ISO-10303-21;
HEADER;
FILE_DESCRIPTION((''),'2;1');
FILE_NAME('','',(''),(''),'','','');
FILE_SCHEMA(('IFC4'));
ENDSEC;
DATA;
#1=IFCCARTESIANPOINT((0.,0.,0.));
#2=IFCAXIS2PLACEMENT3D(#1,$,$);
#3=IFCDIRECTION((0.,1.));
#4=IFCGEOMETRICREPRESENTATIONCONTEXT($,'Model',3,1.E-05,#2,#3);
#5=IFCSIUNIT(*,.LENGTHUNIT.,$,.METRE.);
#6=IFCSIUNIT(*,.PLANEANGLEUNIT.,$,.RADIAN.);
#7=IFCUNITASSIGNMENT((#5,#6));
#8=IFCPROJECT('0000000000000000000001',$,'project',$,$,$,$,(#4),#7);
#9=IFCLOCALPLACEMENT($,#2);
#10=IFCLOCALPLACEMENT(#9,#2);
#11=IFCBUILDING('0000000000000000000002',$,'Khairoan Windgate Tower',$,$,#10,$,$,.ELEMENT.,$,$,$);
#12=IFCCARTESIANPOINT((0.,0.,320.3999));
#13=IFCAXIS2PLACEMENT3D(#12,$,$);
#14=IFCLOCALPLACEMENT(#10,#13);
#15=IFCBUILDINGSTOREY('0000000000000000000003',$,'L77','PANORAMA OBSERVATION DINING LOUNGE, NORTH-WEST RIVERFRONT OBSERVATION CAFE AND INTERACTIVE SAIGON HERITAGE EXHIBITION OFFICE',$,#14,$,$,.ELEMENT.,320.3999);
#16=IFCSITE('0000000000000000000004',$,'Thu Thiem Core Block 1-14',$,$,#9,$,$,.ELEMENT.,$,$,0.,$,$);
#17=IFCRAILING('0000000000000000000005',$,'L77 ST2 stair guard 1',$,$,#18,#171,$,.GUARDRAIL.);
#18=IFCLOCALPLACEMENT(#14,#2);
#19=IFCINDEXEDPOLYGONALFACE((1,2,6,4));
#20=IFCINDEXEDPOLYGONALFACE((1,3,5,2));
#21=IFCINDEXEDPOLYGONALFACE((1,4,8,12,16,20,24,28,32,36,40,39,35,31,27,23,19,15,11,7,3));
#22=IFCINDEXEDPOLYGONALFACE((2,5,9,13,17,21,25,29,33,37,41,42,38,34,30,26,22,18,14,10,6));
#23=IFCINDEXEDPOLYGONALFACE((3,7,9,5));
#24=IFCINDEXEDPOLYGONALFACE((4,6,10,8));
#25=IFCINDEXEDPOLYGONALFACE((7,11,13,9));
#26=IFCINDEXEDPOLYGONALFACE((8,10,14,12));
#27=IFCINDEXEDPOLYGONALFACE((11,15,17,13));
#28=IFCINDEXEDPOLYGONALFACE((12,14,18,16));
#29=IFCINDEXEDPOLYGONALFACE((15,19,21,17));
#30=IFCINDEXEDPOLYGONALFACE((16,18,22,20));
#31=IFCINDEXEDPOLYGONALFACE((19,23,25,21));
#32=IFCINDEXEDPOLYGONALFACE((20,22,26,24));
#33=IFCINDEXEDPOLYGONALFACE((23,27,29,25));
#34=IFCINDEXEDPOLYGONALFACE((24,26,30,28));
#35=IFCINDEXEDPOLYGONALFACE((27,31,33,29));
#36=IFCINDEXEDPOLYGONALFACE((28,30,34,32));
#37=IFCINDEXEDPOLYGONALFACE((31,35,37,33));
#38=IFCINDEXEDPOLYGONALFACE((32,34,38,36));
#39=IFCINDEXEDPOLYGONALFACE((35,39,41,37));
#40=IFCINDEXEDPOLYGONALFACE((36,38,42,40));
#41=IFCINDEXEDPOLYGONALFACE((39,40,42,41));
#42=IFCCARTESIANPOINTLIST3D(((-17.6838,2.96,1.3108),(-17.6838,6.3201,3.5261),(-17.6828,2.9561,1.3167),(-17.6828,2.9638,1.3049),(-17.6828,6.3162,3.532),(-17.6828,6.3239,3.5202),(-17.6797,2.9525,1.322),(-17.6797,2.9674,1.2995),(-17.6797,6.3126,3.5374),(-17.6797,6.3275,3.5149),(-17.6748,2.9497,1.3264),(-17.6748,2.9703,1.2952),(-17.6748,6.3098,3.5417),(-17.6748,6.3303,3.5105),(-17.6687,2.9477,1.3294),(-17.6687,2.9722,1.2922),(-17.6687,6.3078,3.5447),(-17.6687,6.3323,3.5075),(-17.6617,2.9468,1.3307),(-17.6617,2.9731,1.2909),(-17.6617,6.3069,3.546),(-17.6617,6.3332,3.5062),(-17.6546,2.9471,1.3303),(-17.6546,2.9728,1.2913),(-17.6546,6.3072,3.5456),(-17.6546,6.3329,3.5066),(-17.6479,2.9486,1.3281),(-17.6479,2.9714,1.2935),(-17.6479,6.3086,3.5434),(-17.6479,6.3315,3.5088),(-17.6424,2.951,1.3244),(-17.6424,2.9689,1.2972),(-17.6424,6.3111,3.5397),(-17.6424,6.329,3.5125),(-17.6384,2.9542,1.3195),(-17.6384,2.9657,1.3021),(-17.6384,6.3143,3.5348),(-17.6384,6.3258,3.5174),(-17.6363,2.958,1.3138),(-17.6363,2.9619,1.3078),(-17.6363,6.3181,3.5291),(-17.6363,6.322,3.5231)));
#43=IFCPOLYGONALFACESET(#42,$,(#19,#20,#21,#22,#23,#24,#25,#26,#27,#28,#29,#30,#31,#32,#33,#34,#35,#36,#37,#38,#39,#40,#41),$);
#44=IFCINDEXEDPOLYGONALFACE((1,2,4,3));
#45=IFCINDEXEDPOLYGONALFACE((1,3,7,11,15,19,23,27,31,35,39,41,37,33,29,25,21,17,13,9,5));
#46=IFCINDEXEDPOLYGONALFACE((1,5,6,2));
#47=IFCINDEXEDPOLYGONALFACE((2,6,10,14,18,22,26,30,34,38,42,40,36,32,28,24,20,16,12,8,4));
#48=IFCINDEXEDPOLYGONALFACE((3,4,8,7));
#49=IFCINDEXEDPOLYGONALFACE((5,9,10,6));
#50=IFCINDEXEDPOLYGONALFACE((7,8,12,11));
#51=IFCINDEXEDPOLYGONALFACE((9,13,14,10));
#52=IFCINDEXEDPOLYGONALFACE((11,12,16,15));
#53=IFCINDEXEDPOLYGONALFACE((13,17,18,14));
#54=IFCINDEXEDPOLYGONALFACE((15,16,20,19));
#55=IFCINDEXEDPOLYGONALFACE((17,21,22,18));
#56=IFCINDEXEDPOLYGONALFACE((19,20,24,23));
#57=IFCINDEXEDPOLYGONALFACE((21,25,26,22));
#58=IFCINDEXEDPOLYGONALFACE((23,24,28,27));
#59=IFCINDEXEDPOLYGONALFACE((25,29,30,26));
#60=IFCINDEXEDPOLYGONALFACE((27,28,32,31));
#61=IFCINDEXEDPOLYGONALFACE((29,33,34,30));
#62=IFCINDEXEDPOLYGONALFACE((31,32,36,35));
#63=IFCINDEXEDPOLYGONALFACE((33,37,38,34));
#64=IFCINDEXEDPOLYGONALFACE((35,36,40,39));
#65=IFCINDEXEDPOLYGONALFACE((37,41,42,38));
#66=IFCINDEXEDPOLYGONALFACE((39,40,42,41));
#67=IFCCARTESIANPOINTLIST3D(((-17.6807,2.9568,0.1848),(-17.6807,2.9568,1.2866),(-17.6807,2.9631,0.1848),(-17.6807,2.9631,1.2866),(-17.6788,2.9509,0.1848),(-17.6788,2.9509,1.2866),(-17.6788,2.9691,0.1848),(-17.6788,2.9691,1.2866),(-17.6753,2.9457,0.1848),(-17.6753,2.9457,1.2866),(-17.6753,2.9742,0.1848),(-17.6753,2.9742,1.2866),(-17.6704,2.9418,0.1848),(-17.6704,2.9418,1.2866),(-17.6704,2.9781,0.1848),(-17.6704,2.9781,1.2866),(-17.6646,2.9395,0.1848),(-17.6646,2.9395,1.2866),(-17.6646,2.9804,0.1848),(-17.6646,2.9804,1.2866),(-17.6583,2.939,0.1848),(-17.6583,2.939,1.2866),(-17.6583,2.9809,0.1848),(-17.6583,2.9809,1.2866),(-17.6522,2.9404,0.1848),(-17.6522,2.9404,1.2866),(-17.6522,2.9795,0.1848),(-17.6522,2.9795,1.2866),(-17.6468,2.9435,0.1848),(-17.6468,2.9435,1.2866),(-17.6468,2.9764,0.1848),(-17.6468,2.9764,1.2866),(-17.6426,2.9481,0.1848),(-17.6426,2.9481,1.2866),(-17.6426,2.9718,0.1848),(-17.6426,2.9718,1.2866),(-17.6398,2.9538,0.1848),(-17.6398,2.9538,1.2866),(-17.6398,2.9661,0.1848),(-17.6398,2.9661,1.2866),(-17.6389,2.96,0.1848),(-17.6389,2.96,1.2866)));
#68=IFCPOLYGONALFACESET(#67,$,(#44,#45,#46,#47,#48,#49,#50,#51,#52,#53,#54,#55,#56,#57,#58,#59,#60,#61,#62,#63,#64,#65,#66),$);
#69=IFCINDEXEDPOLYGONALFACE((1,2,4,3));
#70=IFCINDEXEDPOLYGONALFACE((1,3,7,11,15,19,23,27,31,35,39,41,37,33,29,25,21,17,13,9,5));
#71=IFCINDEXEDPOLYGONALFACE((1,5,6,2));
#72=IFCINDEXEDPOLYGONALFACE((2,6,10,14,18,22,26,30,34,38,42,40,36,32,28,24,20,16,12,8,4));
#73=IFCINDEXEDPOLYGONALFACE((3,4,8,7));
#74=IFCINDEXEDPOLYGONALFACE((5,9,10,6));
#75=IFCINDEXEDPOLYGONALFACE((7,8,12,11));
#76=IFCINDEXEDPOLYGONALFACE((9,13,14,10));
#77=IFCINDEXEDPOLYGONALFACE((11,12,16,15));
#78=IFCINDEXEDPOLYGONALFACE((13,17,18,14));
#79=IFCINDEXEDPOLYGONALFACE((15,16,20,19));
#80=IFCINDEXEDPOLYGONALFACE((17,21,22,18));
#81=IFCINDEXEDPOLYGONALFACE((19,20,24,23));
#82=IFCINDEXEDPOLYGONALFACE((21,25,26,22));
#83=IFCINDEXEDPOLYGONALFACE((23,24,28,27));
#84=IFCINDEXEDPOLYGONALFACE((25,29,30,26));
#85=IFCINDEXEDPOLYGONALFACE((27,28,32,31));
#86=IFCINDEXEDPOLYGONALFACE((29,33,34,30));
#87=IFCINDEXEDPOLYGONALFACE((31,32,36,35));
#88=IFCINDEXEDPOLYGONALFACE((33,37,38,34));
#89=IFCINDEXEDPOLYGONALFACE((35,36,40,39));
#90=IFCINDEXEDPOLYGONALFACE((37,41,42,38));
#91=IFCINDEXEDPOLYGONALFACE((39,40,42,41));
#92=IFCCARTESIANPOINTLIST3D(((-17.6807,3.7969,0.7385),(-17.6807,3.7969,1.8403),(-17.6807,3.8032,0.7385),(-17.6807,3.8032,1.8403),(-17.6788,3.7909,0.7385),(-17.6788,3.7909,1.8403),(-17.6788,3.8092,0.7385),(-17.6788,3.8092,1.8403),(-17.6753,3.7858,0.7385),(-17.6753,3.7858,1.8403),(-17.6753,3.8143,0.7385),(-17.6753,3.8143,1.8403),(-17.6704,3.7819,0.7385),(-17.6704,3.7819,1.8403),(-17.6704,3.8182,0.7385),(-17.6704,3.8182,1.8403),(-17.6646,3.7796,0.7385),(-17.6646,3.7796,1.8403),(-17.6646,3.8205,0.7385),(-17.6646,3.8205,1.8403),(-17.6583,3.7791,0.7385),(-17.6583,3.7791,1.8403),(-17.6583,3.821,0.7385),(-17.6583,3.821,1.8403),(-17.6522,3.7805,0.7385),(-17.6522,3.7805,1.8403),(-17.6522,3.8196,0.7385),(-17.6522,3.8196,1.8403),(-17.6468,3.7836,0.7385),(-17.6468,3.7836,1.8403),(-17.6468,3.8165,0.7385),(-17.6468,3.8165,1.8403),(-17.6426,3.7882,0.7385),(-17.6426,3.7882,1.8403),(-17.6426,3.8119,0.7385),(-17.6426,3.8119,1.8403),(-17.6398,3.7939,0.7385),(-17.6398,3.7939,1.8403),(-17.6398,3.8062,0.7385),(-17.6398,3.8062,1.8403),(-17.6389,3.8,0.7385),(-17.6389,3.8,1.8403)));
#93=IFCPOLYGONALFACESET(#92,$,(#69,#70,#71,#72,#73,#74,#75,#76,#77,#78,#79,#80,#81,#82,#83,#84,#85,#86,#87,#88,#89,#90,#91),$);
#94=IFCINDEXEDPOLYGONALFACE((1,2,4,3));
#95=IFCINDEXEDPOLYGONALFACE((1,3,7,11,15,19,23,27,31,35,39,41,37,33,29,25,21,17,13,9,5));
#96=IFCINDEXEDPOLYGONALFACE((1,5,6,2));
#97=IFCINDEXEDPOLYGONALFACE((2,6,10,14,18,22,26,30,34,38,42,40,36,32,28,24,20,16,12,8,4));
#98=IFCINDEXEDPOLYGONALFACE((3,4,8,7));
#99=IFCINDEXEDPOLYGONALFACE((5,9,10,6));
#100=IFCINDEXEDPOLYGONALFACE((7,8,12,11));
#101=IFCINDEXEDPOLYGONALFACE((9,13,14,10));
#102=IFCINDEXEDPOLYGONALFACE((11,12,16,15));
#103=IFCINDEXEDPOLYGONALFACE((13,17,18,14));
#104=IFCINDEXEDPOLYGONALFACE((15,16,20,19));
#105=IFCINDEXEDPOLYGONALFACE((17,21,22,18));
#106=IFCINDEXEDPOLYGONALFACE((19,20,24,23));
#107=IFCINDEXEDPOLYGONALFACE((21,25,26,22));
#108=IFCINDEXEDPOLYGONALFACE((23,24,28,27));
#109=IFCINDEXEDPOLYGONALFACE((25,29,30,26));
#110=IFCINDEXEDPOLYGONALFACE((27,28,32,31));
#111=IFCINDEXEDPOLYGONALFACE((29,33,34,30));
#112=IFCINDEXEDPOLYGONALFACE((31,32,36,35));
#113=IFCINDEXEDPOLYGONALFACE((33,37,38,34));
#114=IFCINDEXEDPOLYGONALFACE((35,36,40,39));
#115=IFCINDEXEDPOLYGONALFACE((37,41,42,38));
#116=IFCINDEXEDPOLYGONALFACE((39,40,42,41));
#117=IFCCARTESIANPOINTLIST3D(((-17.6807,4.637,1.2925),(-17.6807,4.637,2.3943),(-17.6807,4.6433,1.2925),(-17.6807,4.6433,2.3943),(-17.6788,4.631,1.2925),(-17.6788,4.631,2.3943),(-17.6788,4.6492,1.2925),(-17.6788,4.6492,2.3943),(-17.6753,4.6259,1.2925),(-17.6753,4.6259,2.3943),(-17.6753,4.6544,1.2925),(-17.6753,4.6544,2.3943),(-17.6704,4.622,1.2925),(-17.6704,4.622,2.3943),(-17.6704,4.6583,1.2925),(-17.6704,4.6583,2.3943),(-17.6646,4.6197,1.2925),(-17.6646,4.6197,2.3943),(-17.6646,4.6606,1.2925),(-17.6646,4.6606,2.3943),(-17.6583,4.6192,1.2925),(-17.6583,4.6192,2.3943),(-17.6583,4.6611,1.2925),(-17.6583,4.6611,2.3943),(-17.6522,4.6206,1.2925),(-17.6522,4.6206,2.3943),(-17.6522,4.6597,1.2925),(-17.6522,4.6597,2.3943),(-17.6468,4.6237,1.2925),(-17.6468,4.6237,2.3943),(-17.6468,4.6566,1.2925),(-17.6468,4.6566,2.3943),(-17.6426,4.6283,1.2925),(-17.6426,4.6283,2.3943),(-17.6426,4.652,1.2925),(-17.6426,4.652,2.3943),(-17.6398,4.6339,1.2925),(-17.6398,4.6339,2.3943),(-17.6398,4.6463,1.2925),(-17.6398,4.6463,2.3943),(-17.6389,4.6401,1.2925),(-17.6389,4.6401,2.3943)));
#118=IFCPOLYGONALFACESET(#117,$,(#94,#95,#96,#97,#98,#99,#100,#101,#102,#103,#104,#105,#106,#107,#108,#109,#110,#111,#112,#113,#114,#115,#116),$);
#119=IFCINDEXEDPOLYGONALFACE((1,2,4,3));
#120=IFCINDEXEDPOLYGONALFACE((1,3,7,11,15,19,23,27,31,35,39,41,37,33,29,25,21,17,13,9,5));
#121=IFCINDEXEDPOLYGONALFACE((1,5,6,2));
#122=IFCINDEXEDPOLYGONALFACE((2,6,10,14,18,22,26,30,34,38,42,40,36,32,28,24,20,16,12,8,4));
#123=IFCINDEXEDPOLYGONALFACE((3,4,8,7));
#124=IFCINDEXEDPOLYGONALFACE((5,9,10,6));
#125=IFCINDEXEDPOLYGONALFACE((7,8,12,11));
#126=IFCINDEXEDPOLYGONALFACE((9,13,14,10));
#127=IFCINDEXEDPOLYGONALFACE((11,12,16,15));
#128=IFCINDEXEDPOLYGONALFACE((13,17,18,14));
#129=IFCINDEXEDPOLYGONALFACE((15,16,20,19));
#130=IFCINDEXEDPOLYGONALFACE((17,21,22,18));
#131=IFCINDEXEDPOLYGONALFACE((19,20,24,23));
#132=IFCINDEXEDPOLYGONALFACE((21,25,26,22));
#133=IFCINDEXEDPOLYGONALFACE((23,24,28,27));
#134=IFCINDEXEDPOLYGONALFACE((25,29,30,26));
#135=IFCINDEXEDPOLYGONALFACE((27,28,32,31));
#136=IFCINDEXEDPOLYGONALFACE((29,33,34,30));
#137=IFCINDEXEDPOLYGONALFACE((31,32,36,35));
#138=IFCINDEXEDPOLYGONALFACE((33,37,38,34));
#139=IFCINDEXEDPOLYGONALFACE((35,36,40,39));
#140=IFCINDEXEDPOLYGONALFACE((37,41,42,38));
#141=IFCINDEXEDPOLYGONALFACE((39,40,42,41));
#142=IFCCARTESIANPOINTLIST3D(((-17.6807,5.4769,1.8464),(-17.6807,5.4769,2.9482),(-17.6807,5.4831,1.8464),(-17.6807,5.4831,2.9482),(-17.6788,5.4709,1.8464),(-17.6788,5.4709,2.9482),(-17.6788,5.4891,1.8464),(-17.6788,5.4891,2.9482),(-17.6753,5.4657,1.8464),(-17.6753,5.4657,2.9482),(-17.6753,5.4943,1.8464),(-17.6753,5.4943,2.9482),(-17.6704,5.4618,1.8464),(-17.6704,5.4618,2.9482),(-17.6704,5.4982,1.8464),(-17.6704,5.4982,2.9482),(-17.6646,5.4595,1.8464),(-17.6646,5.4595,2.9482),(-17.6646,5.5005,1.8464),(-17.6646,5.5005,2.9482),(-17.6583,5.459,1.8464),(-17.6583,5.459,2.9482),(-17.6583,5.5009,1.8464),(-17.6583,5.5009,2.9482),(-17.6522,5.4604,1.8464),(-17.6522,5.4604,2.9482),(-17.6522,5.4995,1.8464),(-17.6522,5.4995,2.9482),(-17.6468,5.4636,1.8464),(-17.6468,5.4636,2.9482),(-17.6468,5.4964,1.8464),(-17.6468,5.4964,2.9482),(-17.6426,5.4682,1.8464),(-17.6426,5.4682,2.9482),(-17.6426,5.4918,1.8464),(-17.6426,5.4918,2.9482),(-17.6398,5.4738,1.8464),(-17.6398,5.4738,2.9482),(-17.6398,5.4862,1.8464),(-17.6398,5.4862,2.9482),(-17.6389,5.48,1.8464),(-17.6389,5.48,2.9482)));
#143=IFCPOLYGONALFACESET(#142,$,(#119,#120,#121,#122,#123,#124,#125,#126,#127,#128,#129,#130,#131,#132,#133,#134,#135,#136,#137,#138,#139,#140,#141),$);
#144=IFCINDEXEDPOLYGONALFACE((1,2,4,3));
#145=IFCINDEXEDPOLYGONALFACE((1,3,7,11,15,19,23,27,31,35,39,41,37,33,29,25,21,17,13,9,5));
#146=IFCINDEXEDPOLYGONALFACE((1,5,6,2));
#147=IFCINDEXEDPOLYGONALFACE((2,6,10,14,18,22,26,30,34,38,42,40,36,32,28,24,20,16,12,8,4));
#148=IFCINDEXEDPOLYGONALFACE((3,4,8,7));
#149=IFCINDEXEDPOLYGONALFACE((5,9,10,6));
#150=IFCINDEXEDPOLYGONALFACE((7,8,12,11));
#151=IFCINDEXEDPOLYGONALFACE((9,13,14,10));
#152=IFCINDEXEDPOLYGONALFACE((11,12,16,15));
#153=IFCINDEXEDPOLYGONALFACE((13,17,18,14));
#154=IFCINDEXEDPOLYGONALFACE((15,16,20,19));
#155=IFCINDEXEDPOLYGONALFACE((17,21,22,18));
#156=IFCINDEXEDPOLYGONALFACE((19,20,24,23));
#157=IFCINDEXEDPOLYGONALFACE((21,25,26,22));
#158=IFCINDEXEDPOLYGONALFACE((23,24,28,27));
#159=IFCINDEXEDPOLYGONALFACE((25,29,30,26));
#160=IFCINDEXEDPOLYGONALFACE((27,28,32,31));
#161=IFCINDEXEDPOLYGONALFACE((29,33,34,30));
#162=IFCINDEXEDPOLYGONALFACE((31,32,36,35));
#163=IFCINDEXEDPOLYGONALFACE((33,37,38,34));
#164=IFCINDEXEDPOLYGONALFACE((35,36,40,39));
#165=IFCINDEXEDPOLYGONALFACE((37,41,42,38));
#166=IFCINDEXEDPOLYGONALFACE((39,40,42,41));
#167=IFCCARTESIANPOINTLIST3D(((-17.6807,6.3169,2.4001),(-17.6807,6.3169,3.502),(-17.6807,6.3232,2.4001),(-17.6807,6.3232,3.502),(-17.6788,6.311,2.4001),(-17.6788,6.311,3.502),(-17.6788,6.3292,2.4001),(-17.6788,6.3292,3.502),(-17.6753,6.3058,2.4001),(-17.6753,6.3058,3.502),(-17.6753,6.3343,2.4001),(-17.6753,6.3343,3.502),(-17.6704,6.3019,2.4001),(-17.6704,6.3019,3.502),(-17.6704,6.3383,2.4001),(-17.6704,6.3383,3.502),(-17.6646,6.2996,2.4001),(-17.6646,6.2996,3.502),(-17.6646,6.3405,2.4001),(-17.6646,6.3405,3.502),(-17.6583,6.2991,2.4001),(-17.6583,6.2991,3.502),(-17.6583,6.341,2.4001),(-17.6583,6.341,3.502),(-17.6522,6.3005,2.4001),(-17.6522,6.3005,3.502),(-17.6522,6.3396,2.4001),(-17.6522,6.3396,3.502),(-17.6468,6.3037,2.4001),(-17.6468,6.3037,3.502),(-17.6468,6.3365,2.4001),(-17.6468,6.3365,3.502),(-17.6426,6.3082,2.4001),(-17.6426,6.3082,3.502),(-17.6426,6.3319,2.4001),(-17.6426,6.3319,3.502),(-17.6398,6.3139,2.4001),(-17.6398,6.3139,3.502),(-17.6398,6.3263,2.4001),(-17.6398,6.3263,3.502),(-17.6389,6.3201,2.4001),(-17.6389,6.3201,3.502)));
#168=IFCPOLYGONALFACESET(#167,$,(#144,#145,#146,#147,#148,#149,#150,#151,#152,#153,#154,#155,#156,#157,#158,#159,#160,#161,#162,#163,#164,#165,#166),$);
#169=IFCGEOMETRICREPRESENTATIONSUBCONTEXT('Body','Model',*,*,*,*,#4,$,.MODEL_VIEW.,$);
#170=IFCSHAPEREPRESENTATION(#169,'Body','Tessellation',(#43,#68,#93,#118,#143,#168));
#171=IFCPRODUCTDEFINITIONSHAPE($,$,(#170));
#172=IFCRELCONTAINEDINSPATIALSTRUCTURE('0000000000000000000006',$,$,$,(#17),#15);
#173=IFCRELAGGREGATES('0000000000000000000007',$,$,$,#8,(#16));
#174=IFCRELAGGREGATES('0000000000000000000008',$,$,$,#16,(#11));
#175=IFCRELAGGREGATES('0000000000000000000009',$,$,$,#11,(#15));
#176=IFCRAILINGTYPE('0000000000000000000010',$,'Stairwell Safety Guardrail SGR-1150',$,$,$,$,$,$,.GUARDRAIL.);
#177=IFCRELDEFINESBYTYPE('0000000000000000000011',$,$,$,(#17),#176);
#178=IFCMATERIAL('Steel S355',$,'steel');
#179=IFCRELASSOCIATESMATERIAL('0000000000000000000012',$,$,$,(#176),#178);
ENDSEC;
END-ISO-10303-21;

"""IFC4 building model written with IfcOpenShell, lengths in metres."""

from ifc_helpers import new_model, si_unit, direction, frame, origin, origin_2d, place, context, subcontext, project, spatial, circle, extrude, material, type_object, element, save


model = new_model("IFC4")

# Units and contexts
model_context = context("Model", 3, precision=1e-05, world=origin(), true_north=direction((0.0, 1.0)))
body_context = subcontext(model_context, "Body", "Model", "MODEL_VIEW")
ifc_project = project(units=[si_unit("LENGTHUNIT", "METRE"), si_unit("PLANEANGLEUNIT", "RADIAN")], contexts=[model_context])

# Site, building, storey
site_placement = place(None, origin())
site = spatial("IfcSite", under=ifc_project, at=site_placement, Name="Thu Thiem Core Block 1-14", CompositionType="ELEMENT", RefElevation=0.0)
building_placement = place(site_placement, origin())
building = spatial("IfcBuilding", under=site, at=building_placement, Name="Khairoan Windgate Tower", CompositionType="ELEMENT")
storey_placement = place(building_placement, frame((0.0, 0.0, 320.3999)))
storey = spatial("IfcBuildingStorey", under=building, at=storey_placement, Name="L77", Description="PANORAMA OBSERVATION DINING LOUNGE, NORTH-WEST RIVERFRONT OBSERVATION CAFE AND INTERACTIVE SAIGON HERITAGE EXHIBITION OFFICE", CompositionType="ELEMENT", Elevation=320.3999)

# Railing
ifc_material_1 = material(Name="Steel S355", Category="steel")
railing_type_1 = type_object("IfcRailingType", Name="Stairwell Safety Guardrail SGR-1150", PredefinedType="GUARDRAIL", material=ifc_material_1)
railing_1_placement = place(storey_placement, frame((-17.6599, 2.96, 0.1848)))
element("IfcRailing", 1, at=railing_1_placement, inside=storey, type_object=railing_type_1, Name="L77 ST2 stair guard 1", PredefinedType="GUARDRAIL", context=body_context, shape_type="SweptSolid", body=[
    extrude(circle(Radius=0.0239, at=origin_2d()), frame((0.0, 0.0, 1.126), z_axis=(0.0, 0.834876, 0.550437), x_axis=(-1.0, 0.0, 0.0)), (0.0, 0.0, 1.0), 4.0247),
    extrude(circle(Radius=0.021, at=origin_2d()), origin(), (0.0, 0.0, 1.0), 1.1018),
    extrude(circle(Radius=0.021, at=origin_2d()), frame((0.0, 0.8401, 0.5537)), (0.0, 0.0, 1.0), 1.1018),
    extrude(circle(Radius=0.021, at=origin_2d()), frame((0.0, 1.6802, 1.1077)), (0.0, 0.0, 1.0), 1.1018),
    extrude(circle(Radius=0.021, at=origin_2d()), frame((0.0, 2.52, 1.6616)), (0.0, 0.0, 1.0), 1.1018),
    extrude(circle(Radius=0.021, at=origin_2d()), frame((0.0, 3.3601, 2.2153)), (0.0, 0.0, 1.0), 1.1018),
])

save(model, "model.ifc")
